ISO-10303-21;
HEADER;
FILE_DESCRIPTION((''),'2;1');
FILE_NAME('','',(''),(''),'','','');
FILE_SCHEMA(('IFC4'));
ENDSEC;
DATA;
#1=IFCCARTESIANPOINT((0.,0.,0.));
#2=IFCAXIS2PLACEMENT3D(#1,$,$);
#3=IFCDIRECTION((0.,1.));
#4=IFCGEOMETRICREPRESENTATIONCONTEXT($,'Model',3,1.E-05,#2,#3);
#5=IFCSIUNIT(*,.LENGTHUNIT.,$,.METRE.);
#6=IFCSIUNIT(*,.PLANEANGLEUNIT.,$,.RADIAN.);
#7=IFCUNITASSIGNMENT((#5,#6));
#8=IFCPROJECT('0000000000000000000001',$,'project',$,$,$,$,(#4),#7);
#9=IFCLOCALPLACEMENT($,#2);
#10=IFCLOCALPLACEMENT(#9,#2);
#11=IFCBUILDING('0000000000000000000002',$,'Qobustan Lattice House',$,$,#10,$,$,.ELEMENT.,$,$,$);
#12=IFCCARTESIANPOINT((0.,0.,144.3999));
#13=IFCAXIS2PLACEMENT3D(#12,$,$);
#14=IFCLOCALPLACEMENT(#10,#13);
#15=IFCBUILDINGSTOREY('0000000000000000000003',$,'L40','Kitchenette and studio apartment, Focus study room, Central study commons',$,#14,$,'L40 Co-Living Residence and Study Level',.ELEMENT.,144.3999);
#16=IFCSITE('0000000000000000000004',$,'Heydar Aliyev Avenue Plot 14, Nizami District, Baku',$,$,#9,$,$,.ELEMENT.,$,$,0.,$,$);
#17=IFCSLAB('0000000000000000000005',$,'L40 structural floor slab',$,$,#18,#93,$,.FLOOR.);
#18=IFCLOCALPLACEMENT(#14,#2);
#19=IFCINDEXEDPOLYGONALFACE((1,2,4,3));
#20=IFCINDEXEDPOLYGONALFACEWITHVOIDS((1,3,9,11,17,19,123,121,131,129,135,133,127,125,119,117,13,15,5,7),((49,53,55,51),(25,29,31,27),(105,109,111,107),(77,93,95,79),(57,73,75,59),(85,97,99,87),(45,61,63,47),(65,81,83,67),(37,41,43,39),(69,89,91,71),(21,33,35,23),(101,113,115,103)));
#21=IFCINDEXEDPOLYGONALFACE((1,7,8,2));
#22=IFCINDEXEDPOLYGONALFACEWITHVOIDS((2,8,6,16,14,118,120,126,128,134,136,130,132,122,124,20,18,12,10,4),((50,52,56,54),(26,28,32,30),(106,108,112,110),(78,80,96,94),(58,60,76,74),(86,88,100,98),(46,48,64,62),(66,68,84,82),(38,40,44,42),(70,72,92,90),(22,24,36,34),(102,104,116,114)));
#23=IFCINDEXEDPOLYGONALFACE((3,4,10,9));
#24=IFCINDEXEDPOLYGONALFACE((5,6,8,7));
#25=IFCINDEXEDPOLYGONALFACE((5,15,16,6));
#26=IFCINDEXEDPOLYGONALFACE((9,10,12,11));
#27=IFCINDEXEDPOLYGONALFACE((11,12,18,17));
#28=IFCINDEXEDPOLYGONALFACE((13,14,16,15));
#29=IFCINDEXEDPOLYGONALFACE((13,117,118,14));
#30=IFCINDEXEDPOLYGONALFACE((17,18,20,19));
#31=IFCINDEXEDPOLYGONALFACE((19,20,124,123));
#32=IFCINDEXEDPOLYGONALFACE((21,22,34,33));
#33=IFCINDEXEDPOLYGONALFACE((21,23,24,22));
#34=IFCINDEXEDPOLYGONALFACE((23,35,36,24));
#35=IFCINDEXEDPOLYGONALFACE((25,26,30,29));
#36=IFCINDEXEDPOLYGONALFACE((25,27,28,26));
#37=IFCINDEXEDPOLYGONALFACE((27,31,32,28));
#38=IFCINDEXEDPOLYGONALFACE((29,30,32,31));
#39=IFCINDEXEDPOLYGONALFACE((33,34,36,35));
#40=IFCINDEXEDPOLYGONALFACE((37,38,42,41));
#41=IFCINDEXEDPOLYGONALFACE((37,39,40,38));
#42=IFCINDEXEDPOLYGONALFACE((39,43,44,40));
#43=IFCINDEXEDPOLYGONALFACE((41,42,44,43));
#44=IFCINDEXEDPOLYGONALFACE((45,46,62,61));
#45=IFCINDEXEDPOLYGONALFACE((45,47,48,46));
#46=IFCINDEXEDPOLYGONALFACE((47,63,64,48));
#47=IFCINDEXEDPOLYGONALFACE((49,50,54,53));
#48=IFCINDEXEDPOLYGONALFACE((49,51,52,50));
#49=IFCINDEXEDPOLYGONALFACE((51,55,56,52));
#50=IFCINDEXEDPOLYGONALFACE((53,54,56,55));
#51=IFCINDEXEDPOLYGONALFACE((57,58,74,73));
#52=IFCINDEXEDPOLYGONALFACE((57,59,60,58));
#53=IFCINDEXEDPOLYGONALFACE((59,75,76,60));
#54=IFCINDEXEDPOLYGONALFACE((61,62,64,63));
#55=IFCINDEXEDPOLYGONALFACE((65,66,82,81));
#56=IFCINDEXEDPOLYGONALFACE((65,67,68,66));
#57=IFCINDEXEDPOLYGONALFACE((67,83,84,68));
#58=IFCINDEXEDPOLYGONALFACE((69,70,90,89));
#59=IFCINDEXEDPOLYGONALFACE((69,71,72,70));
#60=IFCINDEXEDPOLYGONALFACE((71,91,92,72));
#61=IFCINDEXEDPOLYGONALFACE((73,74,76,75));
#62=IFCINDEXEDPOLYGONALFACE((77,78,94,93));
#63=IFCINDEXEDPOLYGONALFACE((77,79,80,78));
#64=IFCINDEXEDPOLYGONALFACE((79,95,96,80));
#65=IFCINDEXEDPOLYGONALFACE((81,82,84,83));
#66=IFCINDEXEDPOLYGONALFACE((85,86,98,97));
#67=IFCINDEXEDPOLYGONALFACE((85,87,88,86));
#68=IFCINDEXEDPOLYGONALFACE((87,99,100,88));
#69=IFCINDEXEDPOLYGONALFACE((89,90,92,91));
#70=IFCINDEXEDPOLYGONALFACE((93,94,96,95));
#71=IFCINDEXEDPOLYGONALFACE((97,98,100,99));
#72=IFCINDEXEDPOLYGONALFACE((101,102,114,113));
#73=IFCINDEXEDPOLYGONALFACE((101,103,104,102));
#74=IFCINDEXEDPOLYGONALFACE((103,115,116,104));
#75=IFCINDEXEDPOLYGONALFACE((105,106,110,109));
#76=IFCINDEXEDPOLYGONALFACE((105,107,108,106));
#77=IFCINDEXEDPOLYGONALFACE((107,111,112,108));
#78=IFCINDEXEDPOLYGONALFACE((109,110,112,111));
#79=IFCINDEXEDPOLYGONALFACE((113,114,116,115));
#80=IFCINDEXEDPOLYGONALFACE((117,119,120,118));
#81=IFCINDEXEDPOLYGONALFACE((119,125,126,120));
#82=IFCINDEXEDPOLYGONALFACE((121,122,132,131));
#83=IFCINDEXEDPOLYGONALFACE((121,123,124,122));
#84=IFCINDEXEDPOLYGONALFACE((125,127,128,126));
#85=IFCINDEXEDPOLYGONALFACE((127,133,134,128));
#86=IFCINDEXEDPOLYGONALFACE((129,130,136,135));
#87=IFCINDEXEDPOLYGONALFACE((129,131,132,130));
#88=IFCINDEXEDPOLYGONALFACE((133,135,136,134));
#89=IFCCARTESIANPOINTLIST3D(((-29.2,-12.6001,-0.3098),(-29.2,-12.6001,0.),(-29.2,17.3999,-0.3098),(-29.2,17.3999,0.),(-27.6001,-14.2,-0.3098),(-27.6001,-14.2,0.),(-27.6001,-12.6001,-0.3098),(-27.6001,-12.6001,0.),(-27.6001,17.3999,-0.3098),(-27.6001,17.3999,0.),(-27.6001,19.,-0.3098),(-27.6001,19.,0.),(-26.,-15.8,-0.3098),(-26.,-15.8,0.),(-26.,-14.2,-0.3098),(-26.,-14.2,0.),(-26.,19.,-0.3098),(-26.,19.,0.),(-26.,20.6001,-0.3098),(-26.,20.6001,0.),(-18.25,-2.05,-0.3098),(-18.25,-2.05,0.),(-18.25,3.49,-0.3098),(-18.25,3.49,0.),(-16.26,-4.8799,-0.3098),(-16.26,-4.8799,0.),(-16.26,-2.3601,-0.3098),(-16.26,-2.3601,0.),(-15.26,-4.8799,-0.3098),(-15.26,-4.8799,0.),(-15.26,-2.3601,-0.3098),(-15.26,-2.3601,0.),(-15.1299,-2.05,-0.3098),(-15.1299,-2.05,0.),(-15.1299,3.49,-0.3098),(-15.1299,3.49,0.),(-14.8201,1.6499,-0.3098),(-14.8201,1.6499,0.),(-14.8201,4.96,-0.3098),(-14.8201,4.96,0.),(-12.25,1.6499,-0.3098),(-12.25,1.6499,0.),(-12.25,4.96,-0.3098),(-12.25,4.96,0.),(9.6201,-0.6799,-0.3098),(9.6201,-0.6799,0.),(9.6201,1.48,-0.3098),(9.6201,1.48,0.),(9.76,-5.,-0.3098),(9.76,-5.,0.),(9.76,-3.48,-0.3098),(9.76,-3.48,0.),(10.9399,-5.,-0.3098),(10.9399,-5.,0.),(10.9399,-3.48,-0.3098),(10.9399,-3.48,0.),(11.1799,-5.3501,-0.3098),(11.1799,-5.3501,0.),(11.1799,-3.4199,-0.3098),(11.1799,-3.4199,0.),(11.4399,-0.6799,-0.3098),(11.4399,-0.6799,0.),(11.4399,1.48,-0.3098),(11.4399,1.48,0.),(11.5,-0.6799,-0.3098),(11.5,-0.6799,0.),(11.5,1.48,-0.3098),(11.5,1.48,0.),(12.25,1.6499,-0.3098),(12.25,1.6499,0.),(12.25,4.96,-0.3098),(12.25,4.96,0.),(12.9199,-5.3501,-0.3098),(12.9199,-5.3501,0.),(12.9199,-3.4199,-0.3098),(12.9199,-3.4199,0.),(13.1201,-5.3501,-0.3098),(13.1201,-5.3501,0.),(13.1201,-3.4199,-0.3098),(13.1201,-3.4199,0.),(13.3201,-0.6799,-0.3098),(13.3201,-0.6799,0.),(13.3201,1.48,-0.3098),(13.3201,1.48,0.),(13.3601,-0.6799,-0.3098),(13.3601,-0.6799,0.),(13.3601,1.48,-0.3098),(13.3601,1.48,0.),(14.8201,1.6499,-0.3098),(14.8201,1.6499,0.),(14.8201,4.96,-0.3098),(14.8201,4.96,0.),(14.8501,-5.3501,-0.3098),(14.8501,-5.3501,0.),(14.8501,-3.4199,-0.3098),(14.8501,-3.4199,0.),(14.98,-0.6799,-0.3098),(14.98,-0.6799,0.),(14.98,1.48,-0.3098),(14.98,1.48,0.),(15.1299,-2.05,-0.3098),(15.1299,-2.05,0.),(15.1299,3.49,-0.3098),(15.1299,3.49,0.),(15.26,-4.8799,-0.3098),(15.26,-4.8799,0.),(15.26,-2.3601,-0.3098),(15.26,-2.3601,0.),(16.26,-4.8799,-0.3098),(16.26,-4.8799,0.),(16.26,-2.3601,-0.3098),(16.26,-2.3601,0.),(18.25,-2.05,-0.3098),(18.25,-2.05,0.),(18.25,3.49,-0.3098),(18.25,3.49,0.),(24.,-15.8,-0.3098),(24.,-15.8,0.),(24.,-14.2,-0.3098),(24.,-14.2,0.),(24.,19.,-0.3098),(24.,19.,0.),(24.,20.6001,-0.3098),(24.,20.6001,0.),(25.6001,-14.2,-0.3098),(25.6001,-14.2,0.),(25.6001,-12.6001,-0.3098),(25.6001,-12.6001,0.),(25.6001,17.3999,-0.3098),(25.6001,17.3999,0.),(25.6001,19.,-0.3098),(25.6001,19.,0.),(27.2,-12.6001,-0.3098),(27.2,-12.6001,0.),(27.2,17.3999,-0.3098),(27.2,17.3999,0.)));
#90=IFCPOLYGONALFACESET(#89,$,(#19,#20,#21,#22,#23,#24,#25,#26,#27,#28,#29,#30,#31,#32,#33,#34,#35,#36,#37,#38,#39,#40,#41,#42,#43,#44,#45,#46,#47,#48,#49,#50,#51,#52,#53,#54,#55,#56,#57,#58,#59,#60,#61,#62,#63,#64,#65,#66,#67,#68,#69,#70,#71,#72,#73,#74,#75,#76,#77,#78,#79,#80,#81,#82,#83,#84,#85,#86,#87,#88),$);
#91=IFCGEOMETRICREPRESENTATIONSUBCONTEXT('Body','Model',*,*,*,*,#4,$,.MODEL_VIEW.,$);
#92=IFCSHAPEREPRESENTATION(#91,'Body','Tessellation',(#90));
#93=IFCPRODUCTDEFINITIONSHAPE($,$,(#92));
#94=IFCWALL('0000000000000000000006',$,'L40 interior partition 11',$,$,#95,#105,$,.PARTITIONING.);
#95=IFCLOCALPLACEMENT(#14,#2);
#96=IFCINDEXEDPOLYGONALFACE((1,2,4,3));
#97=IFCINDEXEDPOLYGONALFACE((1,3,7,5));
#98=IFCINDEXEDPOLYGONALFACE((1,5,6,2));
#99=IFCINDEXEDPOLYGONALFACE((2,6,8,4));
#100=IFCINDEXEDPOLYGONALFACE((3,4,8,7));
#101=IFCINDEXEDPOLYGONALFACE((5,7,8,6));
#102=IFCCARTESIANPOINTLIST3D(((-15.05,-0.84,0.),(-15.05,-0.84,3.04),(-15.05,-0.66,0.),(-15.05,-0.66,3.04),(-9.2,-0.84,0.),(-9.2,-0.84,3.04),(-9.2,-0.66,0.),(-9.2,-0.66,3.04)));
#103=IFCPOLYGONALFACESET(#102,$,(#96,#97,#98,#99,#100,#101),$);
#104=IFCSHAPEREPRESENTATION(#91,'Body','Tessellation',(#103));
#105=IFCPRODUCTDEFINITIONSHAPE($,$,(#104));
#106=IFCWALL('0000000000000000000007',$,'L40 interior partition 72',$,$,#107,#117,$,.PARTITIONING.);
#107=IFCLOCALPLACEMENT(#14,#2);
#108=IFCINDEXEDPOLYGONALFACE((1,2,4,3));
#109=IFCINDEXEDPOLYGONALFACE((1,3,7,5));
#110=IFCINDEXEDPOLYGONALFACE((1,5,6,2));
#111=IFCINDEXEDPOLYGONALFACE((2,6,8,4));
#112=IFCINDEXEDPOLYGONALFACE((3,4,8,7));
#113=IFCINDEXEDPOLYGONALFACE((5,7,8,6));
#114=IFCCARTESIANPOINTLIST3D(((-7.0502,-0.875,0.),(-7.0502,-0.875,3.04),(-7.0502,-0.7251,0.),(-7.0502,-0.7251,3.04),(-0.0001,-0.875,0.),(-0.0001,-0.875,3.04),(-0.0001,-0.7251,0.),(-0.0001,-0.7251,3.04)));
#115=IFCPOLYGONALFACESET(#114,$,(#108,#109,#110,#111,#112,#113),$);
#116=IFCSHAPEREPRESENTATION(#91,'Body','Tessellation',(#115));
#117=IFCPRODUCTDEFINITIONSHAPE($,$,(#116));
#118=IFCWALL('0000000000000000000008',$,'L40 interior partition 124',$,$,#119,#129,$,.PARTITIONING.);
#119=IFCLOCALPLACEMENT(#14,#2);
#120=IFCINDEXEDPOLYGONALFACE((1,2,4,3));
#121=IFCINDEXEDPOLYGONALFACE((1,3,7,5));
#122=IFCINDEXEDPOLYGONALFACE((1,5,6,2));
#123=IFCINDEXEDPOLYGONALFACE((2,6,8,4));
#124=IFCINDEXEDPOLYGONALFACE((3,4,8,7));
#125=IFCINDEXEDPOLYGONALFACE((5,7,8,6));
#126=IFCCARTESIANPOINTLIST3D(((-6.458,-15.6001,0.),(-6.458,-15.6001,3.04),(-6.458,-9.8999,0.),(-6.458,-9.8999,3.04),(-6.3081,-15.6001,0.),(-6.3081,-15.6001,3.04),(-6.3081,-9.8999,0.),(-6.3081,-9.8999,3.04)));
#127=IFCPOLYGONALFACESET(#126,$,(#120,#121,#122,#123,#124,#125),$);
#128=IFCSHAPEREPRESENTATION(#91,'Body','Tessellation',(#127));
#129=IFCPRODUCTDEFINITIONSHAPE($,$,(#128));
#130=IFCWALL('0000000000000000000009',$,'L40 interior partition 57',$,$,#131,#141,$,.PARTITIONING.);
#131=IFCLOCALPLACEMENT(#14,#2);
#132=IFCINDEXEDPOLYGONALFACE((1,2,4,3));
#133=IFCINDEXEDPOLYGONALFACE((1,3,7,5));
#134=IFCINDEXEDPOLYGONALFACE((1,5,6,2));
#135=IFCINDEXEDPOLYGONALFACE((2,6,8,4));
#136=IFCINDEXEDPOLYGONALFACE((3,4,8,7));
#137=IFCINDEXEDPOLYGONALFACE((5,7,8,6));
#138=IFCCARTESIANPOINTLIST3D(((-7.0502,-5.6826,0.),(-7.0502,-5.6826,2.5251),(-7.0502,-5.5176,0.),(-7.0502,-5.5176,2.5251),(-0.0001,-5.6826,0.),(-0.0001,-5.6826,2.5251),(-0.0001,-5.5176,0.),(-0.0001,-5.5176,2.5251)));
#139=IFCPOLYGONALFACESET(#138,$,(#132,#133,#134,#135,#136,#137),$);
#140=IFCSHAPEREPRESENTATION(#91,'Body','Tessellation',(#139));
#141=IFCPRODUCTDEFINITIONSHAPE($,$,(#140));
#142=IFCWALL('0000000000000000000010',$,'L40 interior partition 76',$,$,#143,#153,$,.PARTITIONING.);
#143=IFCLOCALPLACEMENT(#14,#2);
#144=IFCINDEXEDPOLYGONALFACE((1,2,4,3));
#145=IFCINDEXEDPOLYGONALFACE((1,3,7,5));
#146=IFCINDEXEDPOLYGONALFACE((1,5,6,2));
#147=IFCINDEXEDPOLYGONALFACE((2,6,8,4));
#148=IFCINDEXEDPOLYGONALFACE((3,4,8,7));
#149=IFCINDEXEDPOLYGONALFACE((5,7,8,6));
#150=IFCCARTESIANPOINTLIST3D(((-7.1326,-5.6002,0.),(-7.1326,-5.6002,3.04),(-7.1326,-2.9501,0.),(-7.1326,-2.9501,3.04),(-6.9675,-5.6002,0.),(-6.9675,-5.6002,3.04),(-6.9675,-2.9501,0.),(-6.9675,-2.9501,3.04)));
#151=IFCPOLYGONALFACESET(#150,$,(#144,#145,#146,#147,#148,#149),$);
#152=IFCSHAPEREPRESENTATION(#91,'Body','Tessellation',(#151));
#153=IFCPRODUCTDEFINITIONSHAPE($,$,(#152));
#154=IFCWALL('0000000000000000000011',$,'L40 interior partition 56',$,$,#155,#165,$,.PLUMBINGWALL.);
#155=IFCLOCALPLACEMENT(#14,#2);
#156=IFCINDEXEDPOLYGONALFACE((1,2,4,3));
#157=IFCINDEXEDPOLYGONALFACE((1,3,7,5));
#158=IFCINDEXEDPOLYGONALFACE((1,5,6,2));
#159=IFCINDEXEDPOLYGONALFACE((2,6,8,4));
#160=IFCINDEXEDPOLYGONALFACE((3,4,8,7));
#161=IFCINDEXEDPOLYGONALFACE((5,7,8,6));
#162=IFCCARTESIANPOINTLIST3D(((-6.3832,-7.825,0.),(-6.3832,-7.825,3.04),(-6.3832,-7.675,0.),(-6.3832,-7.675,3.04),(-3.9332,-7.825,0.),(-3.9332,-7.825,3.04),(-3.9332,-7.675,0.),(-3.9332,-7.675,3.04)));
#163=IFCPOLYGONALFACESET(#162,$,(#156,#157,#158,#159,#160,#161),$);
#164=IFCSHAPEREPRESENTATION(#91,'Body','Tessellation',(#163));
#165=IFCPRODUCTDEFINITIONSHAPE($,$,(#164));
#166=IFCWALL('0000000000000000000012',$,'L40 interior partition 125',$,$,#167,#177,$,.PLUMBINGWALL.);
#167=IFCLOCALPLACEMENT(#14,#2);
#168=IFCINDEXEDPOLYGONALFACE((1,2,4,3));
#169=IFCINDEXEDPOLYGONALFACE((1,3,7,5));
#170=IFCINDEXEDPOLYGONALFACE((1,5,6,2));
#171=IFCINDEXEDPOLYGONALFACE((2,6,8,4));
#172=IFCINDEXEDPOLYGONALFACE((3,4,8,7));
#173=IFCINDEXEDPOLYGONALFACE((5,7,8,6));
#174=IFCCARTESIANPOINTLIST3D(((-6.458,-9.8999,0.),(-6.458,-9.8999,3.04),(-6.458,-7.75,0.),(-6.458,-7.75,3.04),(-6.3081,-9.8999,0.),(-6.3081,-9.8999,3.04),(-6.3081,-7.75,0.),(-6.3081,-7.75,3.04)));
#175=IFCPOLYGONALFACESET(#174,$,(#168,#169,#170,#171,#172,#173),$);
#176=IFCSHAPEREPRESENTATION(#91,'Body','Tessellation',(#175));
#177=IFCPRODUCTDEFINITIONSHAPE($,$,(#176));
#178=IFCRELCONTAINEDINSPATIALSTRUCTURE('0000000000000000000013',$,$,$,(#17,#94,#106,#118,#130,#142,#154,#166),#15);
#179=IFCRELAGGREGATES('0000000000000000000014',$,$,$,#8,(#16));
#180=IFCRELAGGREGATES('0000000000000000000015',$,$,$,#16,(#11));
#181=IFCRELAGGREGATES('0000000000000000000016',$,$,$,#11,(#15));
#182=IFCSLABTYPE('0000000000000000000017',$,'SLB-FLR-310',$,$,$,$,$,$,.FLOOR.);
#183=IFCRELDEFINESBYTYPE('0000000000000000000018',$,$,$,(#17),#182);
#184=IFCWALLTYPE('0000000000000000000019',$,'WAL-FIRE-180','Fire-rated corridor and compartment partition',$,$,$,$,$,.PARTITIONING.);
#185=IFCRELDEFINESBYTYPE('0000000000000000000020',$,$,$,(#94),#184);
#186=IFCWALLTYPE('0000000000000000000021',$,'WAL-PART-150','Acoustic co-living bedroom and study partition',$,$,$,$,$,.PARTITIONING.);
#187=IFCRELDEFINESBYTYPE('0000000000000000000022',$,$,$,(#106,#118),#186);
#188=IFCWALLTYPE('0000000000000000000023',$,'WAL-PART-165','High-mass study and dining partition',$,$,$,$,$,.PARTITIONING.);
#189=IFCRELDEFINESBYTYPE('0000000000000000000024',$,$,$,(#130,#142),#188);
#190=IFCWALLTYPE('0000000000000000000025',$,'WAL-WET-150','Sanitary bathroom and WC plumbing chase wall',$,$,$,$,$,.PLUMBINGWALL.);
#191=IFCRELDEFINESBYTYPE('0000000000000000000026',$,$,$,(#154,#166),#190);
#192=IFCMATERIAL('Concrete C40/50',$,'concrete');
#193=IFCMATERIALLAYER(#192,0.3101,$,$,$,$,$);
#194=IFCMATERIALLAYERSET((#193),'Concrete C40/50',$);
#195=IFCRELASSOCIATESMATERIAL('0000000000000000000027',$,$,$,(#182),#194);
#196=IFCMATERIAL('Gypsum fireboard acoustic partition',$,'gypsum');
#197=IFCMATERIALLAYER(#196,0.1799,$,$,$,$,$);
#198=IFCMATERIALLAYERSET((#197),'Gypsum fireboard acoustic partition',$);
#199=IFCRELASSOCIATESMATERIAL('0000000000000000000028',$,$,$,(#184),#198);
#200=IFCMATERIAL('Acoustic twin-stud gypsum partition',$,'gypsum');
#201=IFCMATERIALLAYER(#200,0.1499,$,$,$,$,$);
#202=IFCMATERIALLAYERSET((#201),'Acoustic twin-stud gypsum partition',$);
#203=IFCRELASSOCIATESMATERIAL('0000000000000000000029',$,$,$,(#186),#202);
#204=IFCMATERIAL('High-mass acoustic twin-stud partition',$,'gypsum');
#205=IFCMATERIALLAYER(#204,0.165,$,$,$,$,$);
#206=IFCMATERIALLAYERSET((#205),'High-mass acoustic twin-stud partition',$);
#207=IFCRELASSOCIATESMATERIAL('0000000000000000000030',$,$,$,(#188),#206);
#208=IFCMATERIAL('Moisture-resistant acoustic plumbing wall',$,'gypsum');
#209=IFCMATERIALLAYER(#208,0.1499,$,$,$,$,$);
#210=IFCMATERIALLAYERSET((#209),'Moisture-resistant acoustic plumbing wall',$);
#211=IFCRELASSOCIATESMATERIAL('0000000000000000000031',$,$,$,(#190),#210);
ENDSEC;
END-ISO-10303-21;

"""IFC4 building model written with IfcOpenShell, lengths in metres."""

from ifc_helpers import new_model, si_unit, direction, frame, frame_2d, origin, place, context, subcontext, project, spatial, polyline, rectangle, outline, extrude, material, layer, layer_set, type_object, element, save


model = new_model("IFC4")

# Units and contexts
model_context = context("Model", 3, precision=1e-05, world=origin(), true_north=direction((0.0, 1.0)))
body_context = subcontext(model_context, "Body", "Model", "MODEL_VIEW")
ifc_project = project(units=[si_unit("LENGTHUNIT", "METRE"), si_unit("PLANEANGLEUNIT", "RADIAN")], contexts=[model_context])

# Site, building, storey
site_placement = place(None, origin())
site = spatial("IfcSite", under=ifc_project, at=site_placement, Name="Heydar Aliyev Avenue Plot 14, Nizami District, Baku", CompositionType="ELEMENT", RefElevation=0.0)
building_placement = place(site_placement, origin())
building = spatial("IfcBuilding", under=site, at=building_placement, Name="Qobustan Lattice House", CompositionType="ELEMENT")
storey_placement = place(building_placement, frame((0.0, 0.0, 144.3999)))
storey = spatial("IfcBuildingStorey", under=building, at=storey_placement, Name="L40", Description="Kitchenette and studio apartment, Focus study room, Central study commons", LongName="L40 Co-Living Residence and Study Level", CompositionType="ELEMENT", Elevation=144.3999)

# Slab
ifc_material_1 = material(Name="Concrete C40/50", Category="concrete")
ifc_layer_1 = layer(ifc_material_1, 0.3101)
ifc_layer_set_1 = layer_set([ifc_layer_1], Name="Concrete C40/50")
slab_type = type_object("IfcSlabType", Name="SLB-FLR-310", PredefinedType="FLOOR", material=ifc_layer_set_1)
slab_placement = place(storey_placement, frame((0.0, 0.0, -0.3098)))
element("IfcSlab", 1, at=slab_placement, inside=storey, type_object=slab_type, Name="L40 structural floor slab", PredefinedType="FLOOR", context=body_context, shape_type="SweptSolid", body=[
    extrude(outline(polyline([(-26.0, -15.8), (24.0, -15.8), (24.0, -14.2), (25.6001, -14.2), (25.6001, -12.6001), (27.2, -12.6001), (27.2, 17.3999), (25.6001, 17.3999), (25.6001, 19.0), (24.0, 19.0), (24.0, 20.6001), (-26.0, 20.6001), (-26.0, 19.0), (-27.6001, 19.0), (-27.6001, 17.3999), (-29.2, 17.3999), (-29.2, -12.6001), (-27.6001, -12.6001), (-27.6001, -14.2), (-26.0, -14.2), (-26.0, -15.8)]), holes=[polyline([(-18.25, -2.05), (-18.25, 3.49), (-15.1299, 3.49), (-15.1299, -2.05), (-18.25, -2.05)]), polyline([(15.1299, -2.05), (15.1299, 3.49), (18.25, 3.49), (18.25, -2.05), (15.1299, -2.05)]), polyline([(-14.8201, 1.6499), (-14.8201, 4.96), (-12.25, 4.96), (-12.25, 1.6499), (-14.8201, 1.6499)]), polyline([(12.25, 1.6499), (12.25, 4.96), (14.8201, 4.96), (14.8201, 1.6499), (12.25, 1.6499)]), polyline([(-16.26, -4.8799), (-16.26, -2.3601), (-15.26, -2.3601), (-15.26, -4.8799), (-16.26, -4.8799)]), polyline([(15.26, -4.8799), (15.26, -2.3601), (16.26, -2.3601), (16.26, -4.8799), (15.26, -4.8799)]), polyline([(11.1799, -5.3501), (11.1799, -3.4199), (12.9199, -3.4199), (12.9199, -5.3501), (11.1799, -5.3501)]), polyline([(13.1201, -5.3501), (13.1201, -3.4199), (14.8501, -3.4199), (14.8501, -5.3501), (13.1201, -5.3501)]), polyline([(9.76, -5.0), (9.76, -3.48), (10.9399, -3.48), (10.9399, -5.0), (9.76, -5.0)]), polyline([(13.3601, -0.6799), (13.3601, 1.48), (14.98, 1.48), (14.98, -0.6799), (13.3601, -0.6799)]), polyline([(9.6201, -0.6799), (9.6201, 1.48), (11.4399, 1.48), (11.4399, -0.6799), (9.6201, -0.6799)]), polyline([(11.5, -0.6799), (11.5, 1.48), (13.3201, 1.48), (13.3201, -0.6799), (11.5, -0.6799)])]), origin(), (0.0, 0.0, 1.0), 0.3098),
])

# Wall
ifc_material_2 = material(Name="Gypsum fireboard acoustic partition", Category="gypsum")
ifc_layer_2 = layer(ifc_material_2, 0.1799)
ifc_layer_set_2 = layer_set([ifc_layer_2], Name="Gypsum fireboard acoustic partition")
wall_type_1 = type_object("IfcWallType", Name="WAL-FIRE-180", Description="Fire-rated corridor and compartment partition", PredefinedType="PARTITIONING", material=ifc_layer_set_2)
wall_1_placement = place(storey_placement, frame((-9.2, -0.75, 0.0), z_axis=(0.0, 0.0, 1.0), x_axis=(-1.0, 0.0, 0.0)))
element("IfcWall", 2, at=wall_1_placement, inside=storey, type_object=wall_type_1, Name="L40 interior partition 11", PredefinedType="PARTITIONING", context=body_context, shape_type="SweptSolid", body=[
    extrude(rectangle(XDim=5.8501, YDim=0.1799, at=frame_2d((2.925, 0.0))), origin(), (0.0, 0.0, 1.0), 3.04),
])

# Walls
ifc_material_3 = material(Name="Acoustic twin-stud gypsum partition", Category="gypsum")
ifc_layer_3 = layer(ifc_material_3, 0.1499)
ifc_layer_set_3 = layer_set([ifc_layer_3], Name="Acoustic twin-stud gypsum partition")
wall_type_2 = type_object("IfcWallType", Name="WAL-PART-150", Description="Acoustic co-living bedroom and study partition", PredefinedType="PARTITIONING", material=ifc_layer_set_3)
wall_2_placement = place(storey_placement, frame((-7.05, -0.8, 0.0), z_axis=(0.0, 0.0, 1.0), x_axis=(1.0, 0.0, 0.0)))
element("IfcWall", 3, at=wall_2_placement, inside=storey, type_object=wall_type_2, Name="L40 interior partition 72", PredefinedType="PARTITIONING", context=body_context, shape_type="SweptSolid", body=[
    extrude(rectangle(XDim=7.05, YDim=0.1499, at=frame_2d((3.5249, 0.0))), origin(), (0.0, 0.0, 1.0), 3.04),
])
wall_3_placement = place(storey_placement, frame((-6.3831, -9.8999, 0.0), z_axis=(0.0, 0.0, 1.0), x_axis=(0.0, -1.0, 0.0)))
element("IfcWall", 4, at=wall_3_placement, inside=storey, type_object=wall_type_2, Name="L40 interior partition 124", PredefinedType="PARTITIONING", context=body_context, shape_type="SweptSolid", body=[
    extrude(rectangle(XDim=5.7002, YDim=0.1499, at=frame_2d((2.8501, 0.0))), origin(), (0.0, 0.0, 1.0), 3.04),
])
ifc_material_4 = material(Name="High-mass acoustic twin-stud partition", Category="gypsum")
ifc_layer_4 = layer(ifc_material_4, 0.165)
ifc_layer_set_4 = layer_set([ifc_layer_4], Name="High-mass acoustic twin-stud partition")
wall_type_3 = type_object("IfcWallType", Name="WAL-PART-165", Description="High-mass study and dining partition", PredefinedType="PARTITIONING", material=ifc_layer_set_4)
wall_4_placement = place(storey_placement, frame((-7.05, -5.6001, 0.0), z_axis=(0.0, 0.0, 1.0), x_axis=(1.0, 0.0, 0.0)))
element("IfcWall", 5, at=wall_4_placement, inside=storey, type_object=wall_type_3, Name="L40 interior partition 57", PredefinedType="PARTITIONING", context=body_context, shape_type="SweptSolid", body=[
    extrude(rectangle(XDim=7.05, YDim=0.165, at=frame_2d((3.5249, 0.0))), origin(), (0.0, 0.0, 1.0), 2.5251),
])
wall_5_placement = place(storey_placement, frame((-7.05, -2.95, 0.0), z_axis=(0.0, 0.0, 1.0), x_axis=(0.0, -1.0, 0.0)))
element("IfcWall", 6, at=wall_5_placement, inside=storey, type_object=wall_type_3, Name="L40 interior partition 76", PredefinedType="PARTITIONING", context=body_context, shape_type="SweptSolid", body=[
    extrude(rectangle(XDim=2.6501, YDim=0.165, at=frame_2d((1.3252, 0.0))), origin(), (0.0, 0.0, 1.0), 3.04),
])
ifc_material_5 = material(Name="Moisture-resistant acoustic plumbing wall", Category="gypsum")
ifc_layer_5 = layer(ifc_material_5, 0.1499)
ifc_layer_set_5 = layer_set([ifc_layer_5], Name="Moisture-resistant acoustic plumbing wall")
wall_type_4 = type_object("IfcWallType", Name="WAL-WET-150", Description="Sanitary bathroom and WC plumbing chase wall", PredefinedType="PLUMBINGWALL", material=ifc_layer_set_5)
wall_6_placement = place(storey_placement, frame((-3.9331, -7.75, 0.0), z_axis=(0.0, 0.0, 1.0), x_axis=(-1.0, 0.0, 0.0)))
element("IfcWall", 7, at=wall_6_placement, inside=storey, type_object=wall_type_4, Name="L40 interior partition 56", PredefinedType="PLUMBINGWALL", context=body_context, shape_type="SweptSolid", body=[
    extrude(rectangle(XDim=2.45, YDim=0.1499, at=frame_2d((1.2251, 0.0))), origin(), (0.0, 0.0, 1.0), 3.04),
])
wall_7_placement = place(storey_placement, frame((-6.3831, -7.75, 0.0), z_axis=(0.0, 0.0, 1.0), x_axis=(0.0, -1.0, 0.0)))
element("IfcWall", 8, at=wall_7_placement, inside=storey, type_object=wall_type_4, Name="L40 interior partition 125", PredefinedType="PLUMBINGWALL", context=body_context, shape_type="SweptSolid", body=[
    extrude(rectangle(XDim=2.1499, YDim=0.1499, at=frame_2d((1.075, 0.0))), origin(), (0.0, 0.0, 1.0), 3.04),
])

save(model, "model.ifc")
